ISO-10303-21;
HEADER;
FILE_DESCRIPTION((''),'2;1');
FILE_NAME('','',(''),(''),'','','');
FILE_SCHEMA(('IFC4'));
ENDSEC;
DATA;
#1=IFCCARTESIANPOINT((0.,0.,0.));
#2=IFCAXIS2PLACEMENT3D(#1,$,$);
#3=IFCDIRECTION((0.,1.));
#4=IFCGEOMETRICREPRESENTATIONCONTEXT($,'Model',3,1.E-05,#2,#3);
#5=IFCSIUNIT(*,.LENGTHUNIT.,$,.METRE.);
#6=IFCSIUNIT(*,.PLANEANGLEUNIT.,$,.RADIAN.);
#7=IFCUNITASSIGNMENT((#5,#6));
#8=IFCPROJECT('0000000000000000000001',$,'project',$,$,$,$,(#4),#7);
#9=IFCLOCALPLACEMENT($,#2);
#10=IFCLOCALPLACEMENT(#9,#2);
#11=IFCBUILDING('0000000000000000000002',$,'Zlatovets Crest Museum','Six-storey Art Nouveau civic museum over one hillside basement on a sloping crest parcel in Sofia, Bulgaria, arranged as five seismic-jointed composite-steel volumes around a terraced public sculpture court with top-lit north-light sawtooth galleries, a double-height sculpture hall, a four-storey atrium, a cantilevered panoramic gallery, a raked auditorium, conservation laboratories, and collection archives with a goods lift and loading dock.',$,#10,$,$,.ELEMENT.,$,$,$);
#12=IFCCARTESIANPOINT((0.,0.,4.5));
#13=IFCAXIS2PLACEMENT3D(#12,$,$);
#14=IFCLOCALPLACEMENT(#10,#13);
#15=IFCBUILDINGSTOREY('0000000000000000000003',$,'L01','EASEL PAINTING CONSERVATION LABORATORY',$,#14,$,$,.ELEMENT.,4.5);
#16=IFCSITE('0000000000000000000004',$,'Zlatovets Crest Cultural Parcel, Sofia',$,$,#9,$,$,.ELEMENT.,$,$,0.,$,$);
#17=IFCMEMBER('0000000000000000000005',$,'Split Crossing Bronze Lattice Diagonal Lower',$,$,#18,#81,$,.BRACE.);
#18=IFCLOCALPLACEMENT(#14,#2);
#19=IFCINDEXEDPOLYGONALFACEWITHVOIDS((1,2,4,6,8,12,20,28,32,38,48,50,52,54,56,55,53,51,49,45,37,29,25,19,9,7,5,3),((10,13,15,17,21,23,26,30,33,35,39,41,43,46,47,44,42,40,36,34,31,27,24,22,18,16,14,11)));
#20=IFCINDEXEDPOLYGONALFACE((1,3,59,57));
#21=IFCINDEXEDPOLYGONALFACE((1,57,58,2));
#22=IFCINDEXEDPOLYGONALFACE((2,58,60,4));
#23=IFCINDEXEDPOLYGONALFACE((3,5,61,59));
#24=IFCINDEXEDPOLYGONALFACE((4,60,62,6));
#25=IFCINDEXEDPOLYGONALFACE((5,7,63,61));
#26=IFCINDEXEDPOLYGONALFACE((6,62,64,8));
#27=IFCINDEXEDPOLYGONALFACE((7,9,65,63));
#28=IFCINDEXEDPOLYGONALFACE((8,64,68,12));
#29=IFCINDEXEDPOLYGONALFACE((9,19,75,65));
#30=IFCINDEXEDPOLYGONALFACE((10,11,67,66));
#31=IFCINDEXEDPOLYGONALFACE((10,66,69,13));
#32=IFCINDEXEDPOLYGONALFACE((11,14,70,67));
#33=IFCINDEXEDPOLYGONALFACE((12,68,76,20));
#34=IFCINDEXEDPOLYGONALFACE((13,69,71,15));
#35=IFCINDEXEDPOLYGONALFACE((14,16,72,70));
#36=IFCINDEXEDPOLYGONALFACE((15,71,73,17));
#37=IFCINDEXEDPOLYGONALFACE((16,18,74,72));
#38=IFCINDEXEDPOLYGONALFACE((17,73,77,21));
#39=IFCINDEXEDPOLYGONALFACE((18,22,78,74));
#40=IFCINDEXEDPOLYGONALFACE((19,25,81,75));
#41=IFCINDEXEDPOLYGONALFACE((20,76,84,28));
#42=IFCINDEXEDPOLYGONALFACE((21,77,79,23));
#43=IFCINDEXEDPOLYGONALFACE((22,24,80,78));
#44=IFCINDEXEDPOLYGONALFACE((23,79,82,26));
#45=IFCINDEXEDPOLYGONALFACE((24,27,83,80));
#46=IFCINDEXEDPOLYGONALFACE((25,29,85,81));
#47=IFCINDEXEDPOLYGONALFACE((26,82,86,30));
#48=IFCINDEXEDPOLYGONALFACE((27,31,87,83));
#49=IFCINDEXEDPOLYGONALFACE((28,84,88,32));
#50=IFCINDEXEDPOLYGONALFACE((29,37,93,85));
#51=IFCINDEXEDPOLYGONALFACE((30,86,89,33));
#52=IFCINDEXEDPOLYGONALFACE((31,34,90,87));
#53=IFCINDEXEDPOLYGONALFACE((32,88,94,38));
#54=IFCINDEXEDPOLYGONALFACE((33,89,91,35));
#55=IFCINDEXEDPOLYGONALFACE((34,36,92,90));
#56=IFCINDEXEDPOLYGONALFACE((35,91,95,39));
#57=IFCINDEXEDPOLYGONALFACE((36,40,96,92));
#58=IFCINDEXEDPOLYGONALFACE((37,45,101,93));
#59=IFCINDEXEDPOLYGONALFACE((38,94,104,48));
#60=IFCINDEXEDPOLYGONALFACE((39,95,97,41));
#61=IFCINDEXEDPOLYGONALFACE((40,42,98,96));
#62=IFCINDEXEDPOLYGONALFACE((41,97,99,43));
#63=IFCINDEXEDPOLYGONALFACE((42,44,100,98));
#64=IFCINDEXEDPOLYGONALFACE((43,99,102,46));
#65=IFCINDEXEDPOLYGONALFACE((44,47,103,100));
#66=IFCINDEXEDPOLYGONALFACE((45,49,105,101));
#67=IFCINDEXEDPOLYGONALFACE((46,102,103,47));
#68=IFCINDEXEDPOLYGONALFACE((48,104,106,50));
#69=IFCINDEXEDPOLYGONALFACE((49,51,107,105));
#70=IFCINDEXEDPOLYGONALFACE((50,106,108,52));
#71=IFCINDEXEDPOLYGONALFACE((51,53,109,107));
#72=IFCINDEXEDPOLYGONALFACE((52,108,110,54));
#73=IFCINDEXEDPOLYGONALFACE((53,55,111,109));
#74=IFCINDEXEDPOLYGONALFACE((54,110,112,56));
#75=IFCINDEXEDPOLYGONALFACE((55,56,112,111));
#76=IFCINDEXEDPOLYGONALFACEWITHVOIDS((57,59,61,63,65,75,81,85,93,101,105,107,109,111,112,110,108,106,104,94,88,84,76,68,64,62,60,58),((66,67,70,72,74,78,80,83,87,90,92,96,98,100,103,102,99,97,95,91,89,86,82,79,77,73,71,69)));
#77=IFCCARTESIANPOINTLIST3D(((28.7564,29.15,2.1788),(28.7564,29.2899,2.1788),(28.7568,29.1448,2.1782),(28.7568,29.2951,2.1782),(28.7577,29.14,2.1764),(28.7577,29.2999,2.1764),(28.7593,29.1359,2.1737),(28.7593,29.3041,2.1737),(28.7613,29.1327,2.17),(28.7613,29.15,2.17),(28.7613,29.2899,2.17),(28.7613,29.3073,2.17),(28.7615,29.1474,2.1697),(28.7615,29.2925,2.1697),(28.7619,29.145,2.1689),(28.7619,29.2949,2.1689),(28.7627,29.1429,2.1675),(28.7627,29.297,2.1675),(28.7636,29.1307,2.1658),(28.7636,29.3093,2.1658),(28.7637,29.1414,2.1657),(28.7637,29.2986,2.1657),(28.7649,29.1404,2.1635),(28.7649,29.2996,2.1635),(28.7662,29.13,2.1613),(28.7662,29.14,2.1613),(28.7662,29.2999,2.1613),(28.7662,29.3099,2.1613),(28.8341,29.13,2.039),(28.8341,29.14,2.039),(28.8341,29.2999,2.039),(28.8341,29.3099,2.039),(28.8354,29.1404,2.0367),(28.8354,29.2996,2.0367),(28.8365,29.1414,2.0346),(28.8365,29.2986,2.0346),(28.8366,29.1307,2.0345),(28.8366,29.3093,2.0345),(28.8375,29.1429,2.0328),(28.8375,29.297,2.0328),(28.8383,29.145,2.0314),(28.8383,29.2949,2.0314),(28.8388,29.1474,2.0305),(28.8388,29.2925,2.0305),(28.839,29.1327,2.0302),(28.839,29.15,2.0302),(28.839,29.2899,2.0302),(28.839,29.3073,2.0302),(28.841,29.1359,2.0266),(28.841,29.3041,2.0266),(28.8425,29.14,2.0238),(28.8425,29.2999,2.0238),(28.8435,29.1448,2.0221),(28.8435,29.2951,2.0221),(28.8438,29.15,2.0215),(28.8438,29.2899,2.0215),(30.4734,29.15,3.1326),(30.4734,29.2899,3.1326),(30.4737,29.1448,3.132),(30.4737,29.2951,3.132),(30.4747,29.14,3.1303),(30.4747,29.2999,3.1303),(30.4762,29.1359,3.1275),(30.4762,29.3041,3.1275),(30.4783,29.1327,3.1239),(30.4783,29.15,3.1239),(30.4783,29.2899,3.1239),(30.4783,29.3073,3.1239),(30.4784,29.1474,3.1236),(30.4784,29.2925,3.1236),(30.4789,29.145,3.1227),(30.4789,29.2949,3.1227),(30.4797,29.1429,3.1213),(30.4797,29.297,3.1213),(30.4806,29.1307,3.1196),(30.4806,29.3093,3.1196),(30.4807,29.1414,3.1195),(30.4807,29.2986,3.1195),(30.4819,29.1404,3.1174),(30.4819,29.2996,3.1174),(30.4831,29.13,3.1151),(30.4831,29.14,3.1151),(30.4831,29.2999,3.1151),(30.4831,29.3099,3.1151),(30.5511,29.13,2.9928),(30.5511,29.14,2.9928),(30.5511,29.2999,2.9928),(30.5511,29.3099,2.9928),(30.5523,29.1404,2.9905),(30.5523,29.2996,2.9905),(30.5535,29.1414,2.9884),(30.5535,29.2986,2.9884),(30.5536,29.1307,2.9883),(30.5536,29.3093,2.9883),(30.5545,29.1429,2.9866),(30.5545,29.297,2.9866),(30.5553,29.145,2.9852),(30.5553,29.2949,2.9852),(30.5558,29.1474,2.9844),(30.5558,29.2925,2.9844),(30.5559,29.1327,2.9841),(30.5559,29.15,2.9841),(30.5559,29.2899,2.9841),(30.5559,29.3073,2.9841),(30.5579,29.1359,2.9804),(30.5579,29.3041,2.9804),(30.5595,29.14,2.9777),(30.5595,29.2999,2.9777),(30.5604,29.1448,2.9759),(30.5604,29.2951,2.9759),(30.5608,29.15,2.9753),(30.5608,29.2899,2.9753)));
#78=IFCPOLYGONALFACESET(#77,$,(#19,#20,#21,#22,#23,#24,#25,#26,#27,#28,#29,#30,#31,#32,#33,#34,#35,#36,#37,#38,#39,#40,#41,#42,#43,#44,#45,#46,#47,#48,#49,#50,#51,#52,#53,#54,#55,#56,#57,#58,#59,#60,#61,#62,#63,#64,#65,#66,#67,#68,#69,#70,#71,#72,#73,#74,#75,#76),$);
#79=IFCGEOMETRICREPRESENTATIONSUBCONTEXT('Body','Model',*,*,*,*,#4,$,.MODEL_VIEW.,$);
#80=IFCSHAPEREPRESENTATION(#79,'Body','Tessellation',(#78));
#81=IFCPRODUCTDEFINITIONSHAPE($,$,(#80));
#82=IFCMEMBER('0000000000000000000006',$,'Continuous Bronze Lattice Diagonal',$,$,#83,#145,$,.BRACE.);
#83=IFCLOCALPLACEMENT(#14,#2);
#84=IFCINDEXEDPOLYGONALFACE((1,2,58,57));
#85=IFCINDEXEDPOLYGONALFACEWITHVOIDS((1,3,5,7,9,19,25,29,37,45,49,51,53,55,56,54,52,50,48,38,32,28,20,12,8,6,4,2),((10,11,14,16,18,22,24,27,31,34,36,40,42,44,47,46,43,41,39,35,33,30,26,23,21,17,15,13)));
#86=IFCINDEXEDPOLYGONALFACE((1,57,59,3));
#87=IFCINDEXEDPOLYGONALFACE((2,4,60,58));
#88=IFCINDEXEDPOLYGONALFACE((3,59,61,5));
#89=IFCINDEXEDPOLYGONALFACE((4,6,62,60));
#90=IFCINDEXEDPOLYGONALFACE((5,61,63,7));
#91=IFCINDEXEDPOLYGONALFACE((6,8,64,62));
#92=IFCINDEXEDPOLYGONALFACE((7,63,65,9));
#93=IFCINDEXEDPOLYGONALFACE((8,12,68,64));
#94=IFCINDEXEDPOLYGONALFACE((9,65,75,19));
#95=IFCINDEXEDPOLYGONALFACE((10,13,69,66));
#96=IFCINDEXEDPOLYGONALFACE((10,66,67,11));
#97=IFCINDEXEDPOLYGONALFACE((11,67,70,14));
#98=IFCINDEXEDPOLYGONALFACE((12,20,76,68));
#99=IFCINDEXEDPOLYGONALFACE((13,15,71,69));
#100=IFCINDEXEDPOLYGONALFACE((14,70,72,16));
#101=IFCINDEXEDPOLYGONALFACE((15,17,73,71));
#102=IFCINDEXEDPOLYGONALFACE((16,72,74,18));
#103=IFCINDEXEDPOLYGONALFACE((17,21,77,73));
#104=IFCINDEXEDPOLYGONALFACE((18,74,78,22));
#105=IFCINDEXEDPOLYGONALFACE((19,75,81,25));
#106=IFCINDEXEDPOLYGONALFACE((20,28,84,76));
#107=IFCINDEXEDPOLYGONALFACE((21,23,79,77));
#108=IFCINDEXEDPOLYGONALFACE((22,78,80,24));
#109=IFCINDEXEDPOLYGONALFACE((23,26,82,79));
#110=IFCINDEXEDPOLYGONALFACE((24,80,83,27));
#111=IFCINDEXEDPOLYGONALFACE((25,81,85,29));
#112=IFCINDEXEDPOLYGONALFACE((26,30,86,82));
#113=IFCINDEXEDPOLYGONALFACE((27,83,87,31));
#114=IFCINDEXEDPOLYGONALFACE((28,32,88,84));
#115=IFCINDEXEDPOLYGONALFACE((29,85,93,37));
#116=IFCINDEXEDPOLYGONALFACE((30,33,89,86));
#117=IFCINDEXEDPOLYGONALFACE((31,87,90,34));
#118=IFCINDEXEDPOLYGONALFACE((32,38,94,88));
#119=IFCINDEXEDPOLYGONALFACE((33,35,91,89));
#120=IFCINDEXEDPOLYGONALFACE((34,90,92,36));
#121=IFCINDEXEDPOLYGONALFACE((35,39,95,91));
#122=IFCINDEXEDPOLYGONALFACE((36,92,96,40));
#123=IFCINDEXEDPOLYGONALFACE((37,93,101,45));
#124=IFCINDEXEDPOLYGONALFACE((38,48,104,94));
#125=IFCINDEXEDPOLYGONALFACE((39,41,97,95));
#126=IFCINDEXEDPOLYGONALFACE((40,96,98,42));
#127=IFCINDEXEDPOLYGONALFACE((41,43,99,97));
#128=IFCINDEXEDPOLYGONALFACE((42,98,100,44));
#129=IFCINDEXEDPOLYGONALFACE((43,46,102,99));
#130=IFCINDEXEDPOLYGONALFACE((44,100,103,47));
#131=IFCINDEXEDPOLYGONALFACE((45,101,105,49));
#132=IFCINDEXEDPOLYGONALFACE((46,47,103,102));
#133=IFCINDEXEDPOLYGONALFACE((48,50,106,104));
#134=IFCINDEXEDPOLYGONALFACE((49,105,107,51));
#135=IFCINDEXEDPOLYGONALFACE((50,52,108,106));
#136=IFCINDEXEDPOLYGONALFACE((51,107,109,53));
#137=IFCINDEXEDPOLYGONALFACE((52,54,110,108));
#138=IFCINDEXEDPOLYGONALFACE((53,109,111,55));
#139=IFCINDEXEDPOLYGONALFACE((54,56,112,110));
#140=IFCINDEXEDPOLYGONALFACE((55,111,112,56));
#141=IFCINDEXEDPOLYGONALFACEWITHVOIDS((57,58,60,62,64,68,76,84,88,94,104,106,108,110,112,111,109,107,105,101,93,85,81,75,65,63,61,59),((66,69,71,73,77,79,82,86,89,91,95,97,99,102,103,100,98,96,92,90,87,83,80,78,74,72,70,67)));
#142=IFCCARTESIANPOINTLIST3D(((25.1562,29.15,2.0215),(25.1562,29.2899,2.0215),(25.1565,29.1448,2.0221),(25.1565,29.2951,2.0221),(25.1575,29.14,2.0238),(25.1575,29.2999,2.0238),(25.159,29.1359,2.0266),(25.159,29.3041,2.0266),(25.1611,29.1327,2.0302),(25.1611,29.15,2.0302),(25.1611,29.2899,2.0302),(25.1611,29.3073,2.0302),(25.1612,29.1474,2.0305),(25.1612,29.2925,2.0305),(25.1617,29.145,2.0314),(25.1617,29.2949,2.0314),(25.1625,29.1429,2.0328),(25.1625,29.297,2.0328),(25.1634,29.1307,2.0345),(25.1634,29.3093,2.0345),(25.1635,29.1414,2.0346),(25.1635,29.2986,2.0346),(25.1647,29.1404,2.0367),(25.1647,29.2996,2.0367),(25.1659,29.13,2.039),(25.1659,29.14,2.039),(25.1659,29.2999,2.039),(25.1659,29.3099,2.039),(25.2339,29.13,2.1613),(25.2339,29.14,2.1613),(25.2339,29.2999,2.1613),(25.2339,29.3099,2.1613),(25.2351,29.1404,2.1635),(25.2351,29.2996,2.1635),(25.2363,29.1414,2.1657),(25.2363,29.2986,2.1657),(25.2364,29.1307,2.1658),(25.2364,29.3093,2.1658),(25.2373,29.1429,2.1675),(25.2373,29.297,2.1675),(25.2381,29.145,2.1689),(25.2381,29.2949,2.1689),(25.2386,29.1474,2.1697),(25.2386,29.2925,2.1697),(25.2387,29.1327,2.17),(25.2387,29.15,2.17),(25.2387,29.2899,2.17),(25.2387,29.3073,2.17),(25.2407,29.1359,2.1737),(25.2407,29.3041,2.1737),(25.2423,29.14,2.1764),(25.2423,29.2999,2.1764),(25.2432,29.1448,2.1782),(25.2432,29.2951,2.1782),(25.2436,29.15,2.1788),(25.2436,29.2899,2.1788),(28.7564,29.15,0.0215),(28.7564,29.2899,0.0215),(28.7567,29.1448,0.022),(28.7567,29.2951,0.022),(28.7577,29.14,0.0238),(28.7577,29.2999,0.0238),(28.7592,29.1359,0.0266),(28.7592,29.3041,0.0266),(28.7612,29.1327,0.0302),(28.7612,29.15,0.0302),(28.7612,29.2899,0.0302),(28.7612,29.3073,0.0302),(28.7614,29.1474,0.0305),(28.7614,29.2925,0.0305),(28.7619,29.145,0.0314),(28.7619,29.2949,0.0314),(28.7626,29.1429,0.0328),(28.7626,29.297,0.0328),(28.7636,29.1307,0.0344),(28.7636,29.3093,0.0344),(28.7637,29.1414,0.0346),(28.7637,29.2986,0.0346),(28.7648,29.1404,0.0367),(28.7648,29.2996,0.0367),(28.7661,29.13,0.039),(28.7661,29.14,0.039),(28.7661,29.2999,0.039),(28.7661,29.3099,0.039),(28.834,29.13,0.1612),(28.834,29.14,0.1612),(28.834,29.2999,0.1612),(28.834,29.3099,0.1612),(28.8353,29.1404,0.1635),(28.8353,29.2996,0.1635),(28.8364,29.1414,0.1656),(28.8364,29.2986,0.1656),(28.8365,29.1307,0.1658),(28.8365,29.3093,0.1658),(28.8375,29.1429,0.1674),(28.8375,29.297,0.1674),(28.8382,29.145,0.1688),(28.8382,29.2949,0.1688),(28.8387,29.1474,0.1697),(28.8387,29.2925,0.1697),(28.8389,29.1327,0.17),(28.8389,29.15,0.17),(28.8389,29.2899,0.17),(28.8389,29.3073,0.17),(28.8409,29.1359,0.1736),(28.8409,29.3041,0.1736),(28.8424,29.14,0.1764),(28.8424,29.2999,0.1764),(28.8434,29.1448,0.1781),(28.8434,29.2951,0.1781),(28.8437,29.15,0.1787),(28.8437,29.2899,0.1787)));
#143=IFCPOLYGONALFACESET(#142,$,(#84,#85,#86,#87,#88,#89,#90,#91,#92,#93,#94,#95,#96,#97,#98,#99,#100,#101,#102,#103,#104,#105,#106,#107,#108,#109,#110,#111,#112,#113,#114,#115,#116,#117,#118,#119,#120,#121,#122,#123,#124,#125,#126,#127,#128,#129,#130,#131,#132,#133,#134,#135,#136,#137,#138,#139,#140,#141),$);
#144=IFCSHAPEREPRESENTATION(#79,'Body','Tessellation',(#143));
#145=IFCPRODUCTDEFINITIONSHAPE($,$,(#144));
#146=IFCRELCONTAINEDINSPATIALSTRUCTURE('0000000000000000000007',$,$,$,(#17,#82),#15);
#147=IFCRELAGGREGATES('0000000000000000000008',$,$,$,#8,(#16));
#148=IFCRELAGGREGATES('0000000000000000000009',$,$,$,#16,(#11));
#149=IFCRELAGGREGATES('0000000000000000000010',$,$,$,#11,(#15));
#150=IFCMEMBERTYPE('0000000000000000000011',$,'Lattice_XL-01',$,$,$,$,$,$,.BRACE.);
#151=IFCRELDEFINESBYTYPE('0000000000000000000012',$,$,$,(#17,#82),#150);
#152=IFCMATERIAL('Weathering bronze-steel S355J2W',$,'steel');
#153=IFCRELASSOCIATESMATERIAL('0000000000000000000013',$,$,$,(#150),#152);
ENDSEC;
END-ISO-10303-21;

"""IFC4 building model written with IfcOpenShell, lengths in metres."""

from ifc_helpers import new_model, si_unit, direction, frame, origin, origin_2d, place, context, subcontext, project, spatial, hollow_rectangle, extrude, material, material_profile, profile_set, type_object, element, save


model = new_model("IFC4")

# Units and contexts
model_context = context("Model", 3, precision=1e-05, world=origin(), true_north=direction((0.0, 1.0)))
body_context = subcontext(model_context, "Body", "Model", "MODEL_VIEW")
ifc_project = project(units=[si_unit("LENGTHUNIT", "METRE"), si_unit("PLANEANGLEUNIT", "RADIAN")], contexts=[model_context])

# Site, building, storey
site_placement = place(None, origin())
site = spatial("IfcSite", under=ifc_project, at=site_placement, Name="Zlatovets Crest Cultural Parcel, Sofia", CompositionType="ELEMENT", RefElevation=0.0)
building_placement = place(site_placement, origin())
building = spatial("IfcBuilding", under=site, at=building_placement, Name="Zlatovets Crest Museum", Description="Six-storey Art Nouveau civic museum over one hillside basement on a sloping crest parcel in Sofia, Bulgaria, arranged as five seismic-jointed composite-steel volumes around a terraced public sculpture court with top-lit north-light sawtooth galleries, a double-height sculpture hall, a four-storey atrium, a cantilevered panoramic gallery, a raked auditorium, conservation laboratories, and collection archives with a goods lift and loading dock.", CompositionType="ELEMENT")
storey_placement = place(building_placement, frame((0.0, 0.0, 4.5)))
storey = spatial("IfcBuildingStorey", under=building, at=storey_placement, Name="L01", Description="EASEL PAINTING CONSERVATION LABORATORY", CompositionType="ELEMENT", Elevation=4.5)

# Members
ifc_material_1 = material(Name="Weathering bronze-steel S355J2W", Category="steel")
ifc_material_profile_1 = material_profile(ifc_material_1, hollow_rectangle(XDim=0.1799, YDim=0.1799, WallThickness=0.01, InnerFilletRadius=0.01, OuterFilletRadius=0.02, at=origin_2d()), Name="SHS 180x180x10.0")
ifc_profile_set_1 = profile_set([ifc_material_profile_1], Name="Weathering bronze-steel S355J2W")
member_type_1 = type_object("IfcMemberType", Name="Lattice_XL-01", PredefinedType="BRACE", material=ifc_profile_set_1)
for number, where, z_axis, x_axis, name in (
    (1, (30.5171, 29.22, 3.054), (-0.874169, 0.0, -0.485622), (0.0, -1.0, 0.0), "Split Crossing Bronze Lattice Diagonal Lower"),
):
    element("IfcMember", number, at=place(storey_placement, frame(where, z_axis=z_axis, x_axis=x_axis)), inside=storey, type_object=member_type_1, Name=name, PredefinedType="BRACE", context=body_context, shape_type="SweptSolid", body=[
        extrude(hollow_rectangle(XDim=0.1799, YDim=0.1799, WallThickness=0.01, InnerFilletRadius=0.01, OuterFilletRadius=0.02, at=origin_2d()), origin(), (0.0, 0.0, 1.0), 1.9641),
    ])
member_1_placement = place(storey_placement, frame((28.8, 29.22, 0.1001), z_axis=(-0.874163, 0.0, 0.485633), x_axis=(0.0, -1.0, 0.0)))
element("IfcMember", 2, at=member_1_placement, inside=storey, type_object=member_type_1, Name="Continuous Bronze Lattice Diagonal", PredefinedType="BRACE", context=body_context, shape_type="SweptSolid", body=[
    extrude(hollow_rectangle(XDim=0.1799, YDim=0.1799, WallThickness=0.01, InnerFilletRadius=0.01, OuterFilletRadius=0.02, at=origin_2d()), origin(), (0.0, 0.0, 1.0), 4.1184),
])

save(model, "model.ifc")
